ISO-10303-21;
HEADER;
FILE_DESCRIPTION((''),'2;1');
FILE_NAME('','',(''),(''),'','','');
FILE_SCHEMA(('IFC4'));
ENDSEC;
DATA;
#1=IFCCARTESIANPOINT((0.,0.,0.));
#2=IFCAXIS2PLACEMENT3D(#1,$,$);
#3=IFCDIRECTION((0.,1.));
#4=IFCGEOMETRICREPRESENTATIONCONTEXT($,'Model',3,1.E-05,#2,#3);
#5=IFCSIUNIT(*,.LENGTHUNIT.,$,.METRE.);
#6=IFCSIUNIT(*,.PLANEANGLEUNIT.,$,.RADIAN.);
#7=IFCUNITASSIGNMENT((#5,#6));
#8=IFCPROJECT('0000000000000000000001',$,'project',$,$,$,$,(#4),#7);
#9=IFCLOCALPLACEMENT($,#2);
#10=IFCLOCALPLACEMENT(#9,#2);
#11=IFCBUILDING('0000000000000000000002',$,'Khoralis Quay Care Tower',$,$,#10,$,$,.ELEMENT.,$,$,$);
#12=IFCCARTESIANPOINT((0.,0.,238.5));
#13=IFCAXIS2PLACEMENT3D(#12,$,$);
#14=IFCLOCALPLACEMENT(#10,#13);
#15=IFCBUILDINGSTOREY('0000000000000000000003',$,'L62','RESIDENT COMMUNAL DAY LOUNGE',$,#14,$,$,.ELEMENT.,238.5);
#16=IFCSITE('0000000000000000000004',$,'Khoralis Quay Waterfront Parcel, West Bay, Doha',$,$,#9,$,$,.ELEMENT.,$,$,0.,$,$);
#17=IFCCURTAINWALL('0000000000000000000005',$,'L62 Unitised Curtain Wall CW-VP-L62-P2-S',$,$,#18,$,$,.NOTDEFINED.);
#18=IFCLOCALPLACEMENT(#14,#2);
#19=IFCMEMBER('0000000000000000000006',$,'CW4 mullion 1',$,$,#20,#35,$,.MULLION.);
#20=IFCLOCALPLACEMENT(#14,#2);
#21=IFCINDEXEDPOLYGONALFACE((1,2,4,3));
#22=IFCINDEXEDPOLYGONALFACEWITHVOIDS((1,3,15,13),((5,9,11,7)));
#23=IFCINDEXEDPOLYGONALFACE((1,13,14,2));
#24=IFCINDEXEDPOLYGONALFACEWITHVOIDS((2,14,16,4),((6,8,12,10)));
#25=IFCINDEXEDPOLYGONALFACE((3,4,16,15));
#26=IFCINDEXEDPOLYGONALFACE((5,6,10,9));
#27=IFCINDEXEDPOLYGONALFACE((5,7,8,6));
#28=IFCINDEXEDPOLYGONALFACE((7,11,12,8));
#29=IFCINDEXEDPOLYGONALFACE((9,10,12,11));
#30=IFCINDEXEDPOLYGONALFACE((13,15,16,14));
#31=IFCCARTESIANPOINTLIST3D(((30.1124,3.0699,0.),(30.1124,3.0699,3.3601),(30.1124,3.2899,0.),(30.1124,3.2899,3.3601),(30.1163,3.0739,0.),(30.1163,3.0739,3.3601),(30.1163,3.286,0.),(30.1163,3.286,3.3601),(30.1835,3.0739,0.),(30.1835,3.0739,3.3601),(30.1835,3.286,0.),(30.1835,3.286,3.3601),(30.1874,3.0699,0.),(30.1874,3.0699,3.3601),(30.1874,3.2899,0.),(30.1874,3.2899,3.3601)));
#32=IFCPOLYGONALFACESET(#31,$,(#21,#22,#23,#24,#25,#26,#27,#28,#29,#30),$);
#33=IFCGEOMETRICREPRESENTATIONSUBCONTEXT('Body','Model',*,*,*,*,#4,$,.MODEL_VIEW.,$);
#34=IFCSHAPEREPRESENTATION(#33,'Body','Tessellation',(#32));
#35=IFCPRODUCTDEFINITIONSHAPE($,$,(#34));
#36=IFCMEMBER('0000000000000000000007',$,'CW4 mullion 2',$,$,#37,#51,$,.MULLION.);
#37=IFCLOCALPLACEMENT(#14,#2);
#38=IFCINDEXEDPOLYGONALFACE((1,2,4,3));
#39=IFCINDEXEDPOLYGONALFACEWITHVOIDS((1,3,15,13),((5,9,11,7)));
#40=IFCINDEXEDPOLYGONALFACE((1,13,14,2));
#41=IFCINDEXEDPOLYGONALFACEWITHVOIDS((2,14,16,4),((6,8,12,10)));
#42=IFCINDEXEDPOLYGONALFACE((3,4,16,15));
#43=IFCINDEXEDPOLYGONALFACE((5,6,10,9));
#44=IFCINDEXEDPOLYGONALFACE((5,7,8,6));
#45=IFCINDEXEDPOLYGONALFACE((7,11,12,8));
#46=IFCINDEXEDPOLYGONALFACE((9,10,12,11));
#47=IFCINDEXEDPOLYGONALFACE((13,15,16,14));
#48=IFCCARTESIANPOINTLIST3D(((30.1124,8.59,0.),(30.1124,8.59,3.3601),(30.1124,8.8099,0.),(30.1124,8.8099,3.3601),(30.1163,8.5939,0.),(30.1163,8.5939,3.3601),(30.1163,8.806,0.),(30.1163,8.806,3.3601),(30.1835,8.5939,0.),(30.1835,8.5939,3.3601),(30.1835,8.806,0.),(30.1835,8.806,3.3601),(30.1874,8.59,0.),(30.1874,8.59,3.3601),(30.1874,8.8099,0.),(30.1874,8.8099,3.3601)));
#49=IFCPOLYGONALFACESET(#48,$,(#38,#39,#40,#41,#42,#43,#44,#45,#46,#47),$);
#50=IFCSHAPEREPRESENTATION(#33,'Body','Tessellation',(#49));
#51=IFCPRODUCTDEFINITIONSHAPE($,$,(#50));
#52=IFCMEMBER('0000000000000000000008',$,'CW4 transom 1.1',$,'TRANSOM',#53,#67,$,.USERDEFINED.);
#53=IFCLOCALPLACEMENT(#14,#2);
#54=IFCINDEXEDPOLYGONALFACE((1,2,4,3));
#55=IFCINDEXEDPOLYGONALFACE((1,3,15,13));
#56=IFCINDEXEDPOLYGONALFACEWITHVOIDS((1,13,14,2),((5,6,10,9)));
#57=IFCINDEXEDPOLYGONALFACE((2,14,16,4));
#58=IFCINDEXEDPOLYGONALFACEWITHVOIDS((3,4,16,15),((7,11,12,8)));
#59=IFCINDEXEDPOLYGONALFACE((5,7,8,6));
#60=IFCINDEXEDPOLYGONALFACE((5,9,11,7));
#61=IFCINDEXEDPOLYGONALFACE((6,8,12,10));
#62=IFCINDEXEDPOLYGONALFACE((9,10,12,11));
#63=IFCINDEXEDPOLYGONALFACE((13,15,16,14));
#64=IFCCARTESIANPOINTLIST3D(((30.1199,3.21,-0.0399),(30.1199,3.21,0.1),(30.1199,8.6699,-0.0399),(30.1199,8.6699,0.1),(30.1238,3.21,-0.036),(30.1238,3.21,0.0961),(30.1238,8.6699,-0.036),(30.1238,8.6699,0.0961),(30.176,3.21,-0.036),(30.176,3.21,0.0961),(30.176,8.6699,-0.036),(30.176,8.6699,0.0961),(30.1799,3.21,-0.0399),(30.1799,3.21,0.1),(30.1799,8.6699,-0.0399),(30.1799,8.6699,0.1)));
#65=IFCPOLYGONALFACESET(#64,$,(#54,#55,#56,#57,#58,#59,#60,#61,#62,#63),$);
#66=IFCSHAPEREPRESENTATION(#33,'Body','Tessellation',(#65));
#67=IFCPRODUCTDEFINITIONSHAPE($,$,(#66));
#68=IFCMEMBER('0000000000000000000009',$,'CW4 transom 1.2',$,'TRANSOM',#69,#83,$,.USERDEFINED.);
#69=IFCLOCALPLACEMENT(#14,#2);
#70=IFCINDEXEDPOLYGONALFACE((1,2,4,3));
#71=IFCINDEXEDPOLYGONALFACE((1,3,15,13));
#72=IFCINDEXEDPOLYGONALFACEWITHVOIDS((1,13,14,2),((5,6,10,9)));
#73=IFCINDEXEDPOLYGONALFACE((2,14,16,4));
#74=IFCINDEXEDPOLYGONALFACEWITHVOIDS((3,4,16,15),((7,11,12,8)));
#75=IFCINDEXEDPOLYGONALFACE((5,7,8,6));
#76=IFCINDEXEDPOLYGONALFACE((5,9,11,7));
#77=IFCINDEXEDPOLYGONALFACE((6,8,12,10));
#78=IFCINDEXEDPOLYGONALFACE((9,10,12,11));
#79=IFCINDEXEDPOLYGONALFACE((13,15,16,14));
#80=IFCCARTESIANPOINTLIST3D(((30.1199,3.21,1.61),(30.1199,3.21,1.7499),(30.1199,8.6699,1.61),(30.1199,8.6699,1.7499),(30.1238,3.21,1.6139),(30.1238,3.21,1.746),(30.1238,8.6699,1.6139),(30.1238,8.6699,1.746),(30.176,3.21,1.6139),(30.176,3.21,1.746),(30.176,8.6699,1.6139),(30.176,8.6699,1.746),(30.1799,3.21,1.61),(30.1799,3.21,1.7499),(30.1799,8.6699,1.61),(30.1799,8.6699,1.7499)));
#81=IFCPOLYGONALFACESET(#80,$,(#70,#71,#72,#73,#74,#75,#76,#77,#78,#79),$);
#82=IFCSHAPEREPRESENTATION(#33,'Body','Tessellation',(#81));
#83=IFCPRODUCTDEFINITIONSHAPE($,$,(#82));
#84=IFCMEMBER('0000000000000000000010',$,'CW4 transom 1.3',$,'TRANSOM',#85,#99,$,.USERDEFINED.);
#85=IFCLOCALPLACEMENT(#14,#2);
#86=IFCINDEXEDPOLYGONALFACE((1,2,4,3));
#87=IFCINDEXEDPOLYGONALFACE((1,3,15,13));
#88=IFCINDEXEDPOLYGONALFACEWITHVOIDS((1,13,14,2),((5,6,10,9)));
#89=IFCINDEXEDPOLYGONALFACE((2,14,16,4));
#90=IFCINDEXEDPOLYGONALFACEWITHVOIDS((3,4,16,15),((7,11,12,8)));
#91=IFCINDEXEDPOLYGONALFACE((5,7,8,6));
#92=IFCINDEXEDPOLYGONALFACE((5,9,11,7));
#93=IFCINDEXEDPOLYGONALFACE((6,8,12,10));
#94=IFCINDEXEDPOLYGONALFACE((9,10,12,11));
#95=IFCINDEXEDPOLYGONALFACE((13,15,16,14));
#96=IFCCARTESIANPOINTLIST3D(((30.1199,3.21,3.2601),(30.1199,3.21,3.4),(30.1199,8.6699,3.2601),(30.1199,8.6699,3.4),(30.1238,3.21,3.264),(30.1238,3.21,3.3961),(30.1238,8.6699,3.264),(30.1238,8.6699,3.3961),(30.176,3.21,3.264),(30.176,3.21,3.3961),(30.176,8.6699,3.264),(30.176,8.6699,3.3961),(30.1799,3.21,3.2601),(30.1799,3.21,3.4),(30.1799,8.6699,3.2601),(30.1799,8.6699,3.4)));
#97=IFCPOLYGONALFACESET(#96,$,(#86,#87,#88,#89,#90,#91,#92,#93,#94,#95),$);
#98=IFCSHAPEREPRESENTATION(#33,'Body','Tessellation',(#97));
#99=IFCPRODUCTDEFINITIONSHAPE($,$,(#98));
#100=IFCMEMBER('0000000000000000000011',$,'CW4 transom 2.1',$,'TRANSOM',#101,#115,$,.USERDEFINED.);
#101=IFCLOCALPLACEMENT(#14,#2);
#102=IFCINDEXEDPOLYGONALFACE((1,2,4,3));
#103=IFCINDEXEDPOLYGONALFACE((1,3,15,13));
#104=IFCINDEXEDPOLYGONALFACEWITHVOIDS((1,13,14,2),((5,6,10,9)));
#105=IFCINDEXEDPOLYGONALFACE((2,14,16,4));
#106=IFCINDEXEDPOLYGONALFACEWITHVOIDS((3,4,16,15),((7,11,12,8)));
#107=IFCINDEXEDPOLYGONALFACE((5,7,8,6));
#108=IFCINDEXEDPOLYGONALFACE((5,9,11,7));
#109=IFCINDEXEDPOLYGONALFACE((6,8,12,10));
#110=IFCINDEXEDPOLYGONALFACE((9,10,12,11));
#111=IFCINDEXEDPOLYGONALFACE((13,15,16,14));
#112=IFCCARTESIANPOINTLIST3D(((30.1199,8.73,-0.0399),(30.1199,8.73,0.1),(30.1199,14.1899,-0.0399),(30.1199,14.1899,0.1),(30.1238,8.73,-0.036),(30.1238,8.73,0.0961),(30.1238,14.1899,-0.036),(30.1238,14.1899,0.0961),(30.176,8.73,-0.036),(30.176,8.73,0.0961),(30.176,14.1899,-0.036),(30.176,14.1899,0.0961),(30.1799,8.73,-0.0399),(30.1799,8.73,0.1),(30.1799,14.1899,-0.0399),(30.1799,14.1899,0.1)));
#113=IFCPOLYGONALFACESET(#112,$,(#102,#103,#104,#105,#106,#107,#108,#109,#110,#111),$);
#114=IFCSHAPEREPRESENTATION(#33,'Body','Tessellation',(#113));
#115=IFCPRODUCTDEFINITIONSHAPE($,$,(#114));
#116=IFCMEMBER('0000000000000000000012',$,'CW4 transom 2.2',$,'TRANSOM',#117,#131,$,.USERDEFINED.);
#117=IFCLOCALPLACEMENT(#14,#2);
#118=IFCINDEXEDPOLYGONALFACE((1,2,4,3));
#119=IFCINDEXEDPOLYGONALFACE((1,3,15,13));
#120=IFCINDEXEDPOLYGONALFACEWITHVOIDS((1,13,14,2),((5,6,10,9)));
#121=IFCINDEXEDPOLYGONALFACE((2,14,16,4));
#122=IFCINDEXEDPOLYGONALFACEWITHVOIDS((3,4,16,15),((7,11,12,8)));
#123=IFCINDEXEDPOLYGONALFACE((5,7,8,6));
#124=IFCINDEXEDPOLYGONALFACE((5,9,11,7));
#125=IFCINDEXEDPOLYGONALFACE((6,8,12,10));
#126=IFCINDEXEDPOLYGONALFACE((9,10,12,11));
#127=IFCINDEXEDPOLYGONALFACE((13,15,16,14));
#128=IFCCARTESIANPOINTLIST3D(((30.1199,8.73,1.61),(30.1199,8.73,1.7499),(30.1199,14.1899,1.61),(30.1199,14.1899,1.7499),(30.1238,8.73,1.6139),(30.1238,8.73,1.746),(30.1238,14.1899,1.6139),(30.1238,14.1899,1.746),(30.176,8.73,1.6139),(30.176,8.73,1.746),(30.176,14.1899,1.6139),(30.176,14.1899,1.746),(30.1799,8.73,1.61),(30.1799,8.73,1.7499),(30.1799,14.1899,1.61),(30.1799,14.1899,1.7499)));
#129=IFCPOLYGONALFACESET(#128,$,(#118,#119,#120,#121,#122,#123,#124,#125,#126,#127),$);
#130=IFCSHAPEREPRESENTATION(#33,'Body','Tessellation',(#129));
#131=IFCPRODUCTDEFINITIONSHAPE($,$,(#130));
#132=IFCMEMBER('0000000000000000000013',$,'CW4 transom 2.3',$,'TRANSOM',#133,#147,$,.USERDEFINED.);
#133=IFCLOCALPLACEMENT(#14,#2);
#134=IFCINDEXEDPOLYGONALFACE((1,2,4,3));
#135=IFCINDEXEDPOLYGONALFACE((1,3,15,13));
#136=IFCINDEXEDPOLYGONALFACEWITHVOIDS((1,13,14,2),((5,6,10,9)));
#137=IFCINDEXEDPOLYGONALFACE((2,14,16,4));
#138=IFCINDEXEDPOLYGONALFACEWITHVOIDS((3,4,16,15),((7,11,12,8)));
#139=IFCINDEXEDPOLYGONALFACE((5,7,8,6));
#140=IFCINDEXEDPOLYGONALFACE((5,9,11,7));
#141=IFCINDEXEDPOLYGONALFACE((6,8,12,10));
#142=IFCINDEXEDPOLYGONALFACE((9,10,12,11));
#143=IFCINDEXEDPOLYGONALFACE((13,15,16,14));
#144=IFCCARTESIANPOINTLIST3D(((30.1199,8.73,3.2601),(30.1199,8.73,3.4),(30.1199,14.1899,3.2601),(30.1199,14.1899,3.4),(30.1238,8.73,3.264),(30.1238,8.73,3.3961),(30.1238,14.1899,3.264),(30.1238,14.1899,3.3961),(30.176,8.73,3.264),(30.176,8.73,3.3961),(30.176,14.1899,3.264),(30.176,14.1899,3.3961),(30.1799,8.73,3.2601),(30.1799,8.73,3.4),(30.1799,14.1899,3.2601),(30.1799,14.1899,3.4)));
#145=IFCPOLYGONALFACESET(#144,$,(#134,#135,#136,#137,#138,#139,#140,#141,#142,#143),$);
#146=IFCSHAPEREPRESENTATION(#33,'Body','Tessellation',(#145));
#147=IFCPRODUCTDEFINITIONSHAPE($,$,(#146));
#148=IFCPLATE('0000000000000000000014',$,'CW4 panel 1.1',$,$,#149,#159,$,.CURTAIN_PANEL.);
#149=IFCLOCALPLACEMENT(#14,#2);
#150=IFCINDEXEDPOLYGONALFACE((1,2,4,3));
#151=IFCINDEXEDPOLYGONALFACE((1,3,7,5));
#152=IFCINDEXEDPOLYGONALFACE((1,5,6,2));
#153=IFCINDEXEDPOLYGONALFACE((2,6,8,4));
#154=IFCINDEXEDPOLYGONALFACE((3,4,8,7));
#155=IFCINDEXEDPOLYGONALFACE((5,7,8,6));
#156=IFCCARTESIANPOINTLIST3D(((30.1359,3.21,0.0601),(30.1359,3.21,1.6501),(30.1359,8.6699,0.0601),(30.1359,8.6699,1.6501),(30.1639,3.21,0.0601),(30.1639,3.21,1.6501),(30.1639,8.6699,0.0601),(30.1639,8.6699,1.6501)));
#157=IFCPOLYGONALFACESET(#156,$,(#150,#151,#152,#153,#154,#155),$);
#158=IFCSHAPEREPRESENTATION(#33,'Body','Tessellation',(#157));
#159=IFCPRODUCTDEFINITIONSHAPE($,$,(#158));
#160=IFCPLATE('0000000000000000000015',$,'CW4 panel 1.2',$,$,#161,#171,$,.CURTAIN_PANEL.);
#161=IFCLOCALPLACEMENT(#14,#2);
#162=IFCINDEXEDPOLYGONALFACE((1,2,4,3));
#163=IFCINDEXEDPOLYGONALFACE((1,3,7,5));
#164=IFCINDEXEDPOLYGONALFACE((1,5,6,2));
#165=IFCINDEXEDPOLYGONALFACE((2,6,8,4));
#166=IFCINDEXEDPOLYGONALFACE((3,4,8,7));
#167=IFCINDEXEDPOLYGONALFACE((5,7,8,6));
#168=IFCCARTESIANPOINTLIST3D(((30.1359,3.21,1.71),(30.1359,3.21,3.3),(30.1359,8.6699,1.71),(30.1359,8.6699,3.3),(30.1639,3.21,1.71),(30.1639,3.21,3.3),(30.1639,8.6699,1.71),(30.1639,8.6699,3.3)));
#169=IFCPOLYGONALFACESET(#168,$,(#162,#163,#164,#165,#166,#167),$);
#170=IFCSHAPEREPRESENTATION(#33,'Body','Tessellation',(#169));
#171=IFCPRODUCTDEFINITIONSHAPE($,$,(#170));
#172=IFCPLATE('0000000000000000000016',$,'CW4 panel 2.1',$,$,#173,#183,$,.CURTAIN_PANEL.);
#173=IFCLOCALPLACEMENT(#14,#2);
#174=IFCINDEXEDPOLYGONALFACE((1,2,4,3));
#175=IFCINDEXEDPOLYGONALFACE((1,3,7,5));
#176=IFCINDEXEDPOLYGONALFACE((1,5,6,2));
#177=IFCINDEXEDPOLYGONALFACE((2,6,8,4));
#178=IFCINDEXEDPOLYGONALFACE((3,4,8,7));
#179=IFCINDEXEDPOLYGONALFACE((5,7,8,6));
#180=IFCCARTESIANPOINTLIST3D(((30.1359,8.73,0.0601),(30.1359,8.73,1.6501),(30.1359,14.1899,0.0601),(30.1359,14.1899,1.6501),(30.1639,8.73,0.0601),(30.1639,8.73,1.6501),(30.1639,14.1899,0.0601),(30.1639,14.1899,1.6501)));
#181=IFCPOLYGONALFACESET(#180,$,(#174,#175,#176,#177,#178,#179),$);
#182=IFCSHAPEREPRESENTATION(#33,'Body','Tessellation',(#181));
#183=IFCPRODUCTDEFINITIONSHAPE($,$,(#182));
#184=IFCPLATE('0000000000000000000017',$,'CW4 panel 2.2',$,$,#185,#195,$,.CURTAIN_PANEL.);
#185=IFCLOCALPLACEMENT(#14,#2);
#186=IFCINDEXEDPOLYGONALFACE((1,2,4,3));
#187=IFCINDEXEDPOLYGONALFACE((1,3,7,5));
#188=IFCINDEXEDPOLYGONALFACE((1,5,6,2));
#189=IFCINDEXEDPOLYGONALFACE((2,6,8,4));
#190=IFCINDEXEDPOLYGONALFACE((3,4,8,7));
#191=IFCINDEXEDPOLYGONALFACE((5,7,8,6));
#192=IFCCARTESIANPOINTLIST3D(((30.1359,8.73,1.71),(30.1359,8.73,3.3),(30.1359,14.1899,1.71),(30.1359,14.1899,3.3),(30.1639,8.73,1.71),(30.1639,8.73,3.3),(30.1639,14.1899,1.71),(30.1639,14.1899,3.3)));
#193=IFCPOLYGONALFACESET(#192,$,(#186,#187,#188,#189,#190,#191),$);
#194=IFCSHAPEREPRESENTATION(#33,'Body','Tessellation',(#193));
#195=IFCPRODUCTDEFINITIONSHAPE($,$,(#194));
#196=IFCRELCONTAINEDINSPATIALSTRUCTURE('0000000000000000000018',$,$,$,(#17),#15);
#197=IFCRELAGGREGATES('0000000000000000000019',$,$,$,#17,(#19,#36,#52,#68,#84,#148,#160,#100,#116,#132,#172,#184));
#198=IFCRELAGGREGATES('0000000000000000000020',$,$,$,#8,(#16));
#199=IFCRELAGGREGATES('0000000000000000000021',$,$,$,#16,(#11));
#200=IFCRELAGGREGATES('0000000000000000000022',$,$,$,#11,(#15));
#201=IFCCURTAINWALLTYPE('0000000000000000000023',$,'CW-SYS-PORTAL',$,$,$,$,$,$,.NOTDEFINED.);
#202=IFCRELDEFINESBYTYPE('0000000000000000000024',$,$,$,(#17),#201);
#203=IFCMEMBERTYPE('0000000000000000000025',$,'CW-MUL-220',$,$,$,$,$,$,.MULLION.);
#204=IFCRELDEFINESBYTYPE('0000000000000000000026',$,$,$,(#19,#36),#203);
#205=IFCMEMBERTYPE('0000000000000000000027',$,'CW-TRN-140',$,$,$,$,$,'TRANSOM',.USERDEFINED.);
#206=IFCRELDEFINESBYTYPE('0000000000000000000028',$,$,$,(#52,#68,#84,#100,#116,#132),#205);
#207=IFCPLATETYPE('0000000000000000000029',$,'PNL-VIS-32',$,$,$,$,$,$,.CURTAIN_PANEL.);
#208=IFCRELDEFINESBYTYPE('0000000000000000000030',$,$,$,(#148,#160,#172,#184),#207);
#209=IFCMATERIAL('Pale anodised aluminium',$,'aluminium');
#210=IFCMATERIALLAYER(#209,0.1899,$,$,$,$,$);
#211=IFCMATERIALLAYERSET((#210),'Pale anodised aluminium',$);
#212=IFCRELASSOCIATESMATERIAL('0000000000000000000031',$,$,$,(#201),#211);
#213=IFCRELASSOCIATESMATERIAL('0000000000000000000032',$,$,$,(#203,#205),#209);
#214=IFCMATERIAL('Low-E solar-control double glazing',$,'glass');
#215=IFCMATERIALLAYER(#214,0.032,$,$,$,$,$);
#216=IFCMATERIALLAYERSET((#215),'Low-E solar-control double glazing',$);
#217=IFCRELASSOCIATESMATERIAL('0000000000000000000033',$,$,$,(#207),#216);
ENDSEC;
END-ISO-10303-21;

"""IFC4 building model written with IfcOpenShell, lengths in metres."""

from ifc_helpers import new_model, si_unit, direction, frame, origin, origin_2d, place, context, subcontext, project, spatial, rectangle, hollow_rectangle, extrude, source, transform, mapped, material, layer, layer_set, material_profile, profile_set, type_object, element, aggregate, save


model = new_model("IFC4")

# Units and contexts
model_context = context("Model", 3, precision=1e-05, world=origin(), true_north=direction((0.0, 1.0)))
body_context = subcontext(model_context, "Body", "Model", "MODEL_VIEW")
ifc_project = project(units=[si_unit("LENGTHUNIT", "METRE"), si_unit("PLANEANGLEUNIT", "RADIAN")], contexts=[model_context])

# Site, building, storey
site_placement = place(None, origin())
site = spatial("IfcSite", under=ifc_project, at=site_placement, Name="Khoralis Quay Waterfront Parcel, West Bay, Doha", CompositionType="ELEMENT", RefElevation=0.0)
building_placement = place(site_placement, origin())
building = spatial("IfcBuilding", under=site, at=building_placement, Name="Khoralis Quay Care Tower", CompositionType="ELEMENT")
storey_placement = place(building_placement, frame((0.0, 0.0, 238.5)))
storey = spatial("IfcBuildingStorey", under=building, at=storey_placement, Name="L62", Description="RESIDENT COMMUNAL DAY LOUNGE", CompositionType="ELEMENT", Elevation=238.5)

# Curtain wall, members, plates
ifc_material_1 = material(Name="Pale anodised aluminium", Category="aluminium")
ifc_layer_1 = layer(ifc_material_1, 0.1899)
ifc_layer_set_1 = layer_set([ifc_layer_1], Name="Pale anodised aluminium")
curtain_wall_type = type_object("IfcCurtainWallType", Name="CW-SYS-PORTAL", PredefinedType="NOTDEFINED", material=ifc_layer_set_1)
curtain_wall_placement = place(storey_placement, origin())
curtain_wall = element("IfcCurtainWall", 1, at=curtain_wall_placement, inside=storey, type_object=curtain_wall_type, Name="L62 Unitised Curtain Wall CW-VP-L62-P2-S", PredefinedType="NOTDEFINED")
ifc_material_profile_1 = material_profile(ifc_material_1, hollow_rectangle(XDim=0.075, YDim=0.22, WallThickness=0.0039, at=origin_2d()), Name="Pale anodised aluminium")
ifc_profile_set_1 = profile_set([ifc_material_profile_1], Name="Pale anodised aluminium")
member_type_1 = type_object("IfcMemberType", Name="CW-MUL-220", PredefinedType="MULLION", material=ifc_profile_set_1)
shared_shape_1 = source(origin(), body_context, "Body", "SweptSolid", [
    extrude(hollow_rectangle(XDim=0.075, YDim=0.22, WallThickness=0.0039, at=origin_2d()), origin(), (0.0, 0.0, 1.0), 3.3601),
])
member_1_placement = place(storey_placement, frame((30.1499, 3.1799, 0.0), z_axis=(0.0, 0.0, 1.0), x_axis=(-1.0, 0.0, 0.0)))
member_1 = element("IfcMember", 2, at=member_1_placement, type_object=member_type_1, Name="CW4 mullion 1", PredefinedType="MULLION", context=body_context, shape_type="MappedRepresentation", body=[
    mapped(shared_shape_1, transform((0.0, 0.0, 0.0), scale=1.0)),
])
member_2_placement = place(storey_placement, frame((30.1499, 8.7, 0.0), z_axis=(0.0, 0.0, 1.0), x_axis=(-1.0, 0.0, 0.0)))
member_2 = element("IfcMember", 3, at=member_2_placement, type_object=member_type_1, Name="CW4 mullion 2", PredefinedType="MULLION", context=body_context, shape_type="MappedRepresentation", body=[
    mapped(shared_shape_1, transform((0.0, 0.0, 0.0), scale=1.0)),
])
ifc_material_profile_2 = material_profile(ifc_material_1, hollow_rectangle(XDim=0.0601, YDim=0.1399, WallThickness=0.0039, at=origin_2d()), Name="Pale anodised aluminium")
ifc_profile_set_2 = profile_set([ifc_material_profile_2], Name="Pale anodised aluminium")
member_type_2 = type_object("IfcMemberType", Name="CW-TRN-140", ElementType="TRANSOM", PredefinedType="USERDEFINED", material=ifc_profile_set_2)
shared_shape_2 = source(origin(), body_context, "Body", "SweptSolid", [
    extrude(hollow_rectangle(XDim=0.0601, YDim=0.1399, WallThickness=0.0039, at=origin_2d()), origin(), (0.0, 0.0, 1.0), 5.46),
])
member_3_placement = place(storey_placement, frame((30.1499, 3.21, 0.03), z_axis=(0.0, 1.0, 0.0), x_axis=(-1.0, 0.0, 0.0)))
member_3 = element("IfcMember", 4, at=member_3_placement, type_object=member_type_2, Name="CW4 transom 1.1", ObjectType="TRANSOM", PredefinedType="USERDEFINED", context=body_context, shape_type="MappedRepresentation", body=[
    mapped(shared_shape_2, transform((0.0, 0.0, 0.0), scale=1.0)),
])
member_4_placement = place(storey_placement, frame((30.1499, 3.21, 1.6799), z_axis=(0.0, 1.0, 0.0), x_axis=(-1.0, 0.0, 0.0)))
member_4 = element("IfcMember", 5, at=member_4_placement, type_object=member_type_2, Name="CW4 transom 1.2", ObjectType="TRANSOM", PredefinedType="USERDEFINED", context=body_context, shape_type="MappedRepresentation", body=[
    mapped(shared_shape_2, transform((0.0, 0.0, 0.0), scale=1.0)),
])
member_5_placement = place(storey_placement, frame((30.1499, 3.21, 3.3301), z_axis=(0.0, 1.0, 0.0), x_axis=(-1.0, 0.0, 0.0)))
member_5 = element("IfcMember", 6, at=member_5_placement, type_object=member_type_2, Name="CW4 transom 1.3", ObjectType="TRANSOM", PredefinedType="USERDEFINED", context=body_context, shape_type="MappedRepresentation", body=[
    mapped(shared_shape_2, transform((0.0, 0.0, 0.0), scale=1.0)),
])
member_6_placement = place(storey_placement, frame((30.1499, 8.73, 0.03), z_axis=(0.0, 1.0, 0.0), x_axis=(-1.0, 0.0, 0.0)))
member_6 = element("IfcMember", 7, at=member_6_placement, type_object=member_type_2, Name="CW4 transom 2.1", ObjectType="TRANSOM", PredefinedType="USERDEFINED", context=body_context, shape_type="MappedRepresentation", body=[
    mapped(shared_shape_2, transform((0.0, 0.0, 0.0), scale=1.0)),
])
member_7_placement = place(storey_placement, frame((30.1499, 8.73, 1.6799), z_axis=(0.0, 1.0, 0.0), x_axis=(-1.0, 0.0, 0.0)))
member_7 = element("IfcMember", 8, at=member_7_placement, type_object=member_type_2, Name="CW4 transom 2.2", ObjectType="TRANSOM", PredefinedType="USERDEFINED", context=body_context, shape_type="MappedRepresentation", body=[
    mapped(shared_shape_2, transform((0.0, 0.0, 0.0), scale=1.0)),
])
member_8_placement = place(storey_placement, frame((30.1499, 8.73, 3.3301), z_axis=(0.0, 1.0, 0.0), x_axis=(-1.0, 0.0, 0.0)))
member_8 = element("IfcMember", 9, at=member_8_placement, type_object=member_type_2, Name="CW4 transom 2.3", ObjectType="TRANSOM", PredefinedType="USERDEFINED", context=body_context, shape_type="MappedRepresentation", body=[
    mapped(shared_shape_2, transform((0.0, 0.0, 0.0), scale=1.0)),
])
ifc_material_2 = material(Name="Low-E solar-control double glazing", Category="glass")
ifc_layer_2 = layer(ifc_material_2, 0.032)
ifc_layer_set_2 = layer_set([ifc_layer_2], Name="Low-E solar-control double glazing")
plate_type = type_object("IfcPlateType", Name="PNL-VIS-32", PredefinedType="CURTAIN_PANEL", material=ifc_layer_set_2)
shared_shape_3 = source(origin(), body_context, "Body", "SweptSolid", [
    extrude(rectangle(XDim=5.46, YDim=0.0281, at=origin_2d()), origin(), (0.0, 0.0, 1.0), 1.5901),
])
plate_1_placement = place(storey_placement, frame((30.1499, 5.9399, 0.0601), z_axis=(0.0, 0.0, 1.0), x_axis=(0.0, 1.0, 0.0)))
plate_1 = element("IfcPlate", 10, at=plate_1_placement, type_object=plate_type, Name="CW4 panel 1.1", PredefinedType="CURTAIN_PANEL", context=body_context, shape_type="MappedRepresentation", body=[
    mapped(shared_shape_3, transform((0.0, 0.0, 0.0), scale=1.0)),
])
plate_2_placement = place(storey_placement, frame((30.1499, 5.9399, 1.71), z_axis=(0.0, 0.0, 1.0), x_axis=(0.0, 1.0, 0.0)))
plate_2 = element("IfcPlate", 11, at=plate_2_placement, type_object=plate_type, Name="CW4 panel 1.2", PredefinedType="CURTAIN_PANEL", context=body_context, shape_type="MappedRepresentation", body=[
    mapped(shared_shape_3, transform((0.0, 0.0, 0.0), scale=1.0)),
])
plate_3_placement = place(storey_placement, frame((30.1499, 11.46, 0.0601), z_axis=(0.0, 0.0, 1.0), x_axis=(0.0, 1.0, 0.0)))
plate_3 = element("IfcPlate", 12, at=plate_3_placement, type_object=plate_type, Name="CW4 panel 2.1", PredefinedType="CURTAIN_PANEL", context=body_context, shape_type="MappedRepresentation", body=[
    mapped(shared_shape_3, transform((0.0, 0.0, 0.0), scale=1.0)),
])
plate_4_placement = place(storey_placement, frame((30.1499, 11.46, 1.71), z_axis=(0.0, 0.0, 1.0), x_axis=(0.0, 1.0, 0.0)))
plate_4 = element("IfcPlate", 13, at=plate_4_placement, type_object=plate_type, Name="CW4 panel 2.2", PredefinedType="CURTAIN_PANEL", context=body_context, shape_type="MappedRepresentation", body=[
    mapped(shared_shape_3, transform((0.0, 0.0, 0.0), scale=1.0)),
])
aggregate(curtain_wall, [member_1, member_2, member_3, member_4, member_5, plate_1, plate_2, member_6, member_7, member_8, plate_3, plate_4])

save(model, "model.ifc")
